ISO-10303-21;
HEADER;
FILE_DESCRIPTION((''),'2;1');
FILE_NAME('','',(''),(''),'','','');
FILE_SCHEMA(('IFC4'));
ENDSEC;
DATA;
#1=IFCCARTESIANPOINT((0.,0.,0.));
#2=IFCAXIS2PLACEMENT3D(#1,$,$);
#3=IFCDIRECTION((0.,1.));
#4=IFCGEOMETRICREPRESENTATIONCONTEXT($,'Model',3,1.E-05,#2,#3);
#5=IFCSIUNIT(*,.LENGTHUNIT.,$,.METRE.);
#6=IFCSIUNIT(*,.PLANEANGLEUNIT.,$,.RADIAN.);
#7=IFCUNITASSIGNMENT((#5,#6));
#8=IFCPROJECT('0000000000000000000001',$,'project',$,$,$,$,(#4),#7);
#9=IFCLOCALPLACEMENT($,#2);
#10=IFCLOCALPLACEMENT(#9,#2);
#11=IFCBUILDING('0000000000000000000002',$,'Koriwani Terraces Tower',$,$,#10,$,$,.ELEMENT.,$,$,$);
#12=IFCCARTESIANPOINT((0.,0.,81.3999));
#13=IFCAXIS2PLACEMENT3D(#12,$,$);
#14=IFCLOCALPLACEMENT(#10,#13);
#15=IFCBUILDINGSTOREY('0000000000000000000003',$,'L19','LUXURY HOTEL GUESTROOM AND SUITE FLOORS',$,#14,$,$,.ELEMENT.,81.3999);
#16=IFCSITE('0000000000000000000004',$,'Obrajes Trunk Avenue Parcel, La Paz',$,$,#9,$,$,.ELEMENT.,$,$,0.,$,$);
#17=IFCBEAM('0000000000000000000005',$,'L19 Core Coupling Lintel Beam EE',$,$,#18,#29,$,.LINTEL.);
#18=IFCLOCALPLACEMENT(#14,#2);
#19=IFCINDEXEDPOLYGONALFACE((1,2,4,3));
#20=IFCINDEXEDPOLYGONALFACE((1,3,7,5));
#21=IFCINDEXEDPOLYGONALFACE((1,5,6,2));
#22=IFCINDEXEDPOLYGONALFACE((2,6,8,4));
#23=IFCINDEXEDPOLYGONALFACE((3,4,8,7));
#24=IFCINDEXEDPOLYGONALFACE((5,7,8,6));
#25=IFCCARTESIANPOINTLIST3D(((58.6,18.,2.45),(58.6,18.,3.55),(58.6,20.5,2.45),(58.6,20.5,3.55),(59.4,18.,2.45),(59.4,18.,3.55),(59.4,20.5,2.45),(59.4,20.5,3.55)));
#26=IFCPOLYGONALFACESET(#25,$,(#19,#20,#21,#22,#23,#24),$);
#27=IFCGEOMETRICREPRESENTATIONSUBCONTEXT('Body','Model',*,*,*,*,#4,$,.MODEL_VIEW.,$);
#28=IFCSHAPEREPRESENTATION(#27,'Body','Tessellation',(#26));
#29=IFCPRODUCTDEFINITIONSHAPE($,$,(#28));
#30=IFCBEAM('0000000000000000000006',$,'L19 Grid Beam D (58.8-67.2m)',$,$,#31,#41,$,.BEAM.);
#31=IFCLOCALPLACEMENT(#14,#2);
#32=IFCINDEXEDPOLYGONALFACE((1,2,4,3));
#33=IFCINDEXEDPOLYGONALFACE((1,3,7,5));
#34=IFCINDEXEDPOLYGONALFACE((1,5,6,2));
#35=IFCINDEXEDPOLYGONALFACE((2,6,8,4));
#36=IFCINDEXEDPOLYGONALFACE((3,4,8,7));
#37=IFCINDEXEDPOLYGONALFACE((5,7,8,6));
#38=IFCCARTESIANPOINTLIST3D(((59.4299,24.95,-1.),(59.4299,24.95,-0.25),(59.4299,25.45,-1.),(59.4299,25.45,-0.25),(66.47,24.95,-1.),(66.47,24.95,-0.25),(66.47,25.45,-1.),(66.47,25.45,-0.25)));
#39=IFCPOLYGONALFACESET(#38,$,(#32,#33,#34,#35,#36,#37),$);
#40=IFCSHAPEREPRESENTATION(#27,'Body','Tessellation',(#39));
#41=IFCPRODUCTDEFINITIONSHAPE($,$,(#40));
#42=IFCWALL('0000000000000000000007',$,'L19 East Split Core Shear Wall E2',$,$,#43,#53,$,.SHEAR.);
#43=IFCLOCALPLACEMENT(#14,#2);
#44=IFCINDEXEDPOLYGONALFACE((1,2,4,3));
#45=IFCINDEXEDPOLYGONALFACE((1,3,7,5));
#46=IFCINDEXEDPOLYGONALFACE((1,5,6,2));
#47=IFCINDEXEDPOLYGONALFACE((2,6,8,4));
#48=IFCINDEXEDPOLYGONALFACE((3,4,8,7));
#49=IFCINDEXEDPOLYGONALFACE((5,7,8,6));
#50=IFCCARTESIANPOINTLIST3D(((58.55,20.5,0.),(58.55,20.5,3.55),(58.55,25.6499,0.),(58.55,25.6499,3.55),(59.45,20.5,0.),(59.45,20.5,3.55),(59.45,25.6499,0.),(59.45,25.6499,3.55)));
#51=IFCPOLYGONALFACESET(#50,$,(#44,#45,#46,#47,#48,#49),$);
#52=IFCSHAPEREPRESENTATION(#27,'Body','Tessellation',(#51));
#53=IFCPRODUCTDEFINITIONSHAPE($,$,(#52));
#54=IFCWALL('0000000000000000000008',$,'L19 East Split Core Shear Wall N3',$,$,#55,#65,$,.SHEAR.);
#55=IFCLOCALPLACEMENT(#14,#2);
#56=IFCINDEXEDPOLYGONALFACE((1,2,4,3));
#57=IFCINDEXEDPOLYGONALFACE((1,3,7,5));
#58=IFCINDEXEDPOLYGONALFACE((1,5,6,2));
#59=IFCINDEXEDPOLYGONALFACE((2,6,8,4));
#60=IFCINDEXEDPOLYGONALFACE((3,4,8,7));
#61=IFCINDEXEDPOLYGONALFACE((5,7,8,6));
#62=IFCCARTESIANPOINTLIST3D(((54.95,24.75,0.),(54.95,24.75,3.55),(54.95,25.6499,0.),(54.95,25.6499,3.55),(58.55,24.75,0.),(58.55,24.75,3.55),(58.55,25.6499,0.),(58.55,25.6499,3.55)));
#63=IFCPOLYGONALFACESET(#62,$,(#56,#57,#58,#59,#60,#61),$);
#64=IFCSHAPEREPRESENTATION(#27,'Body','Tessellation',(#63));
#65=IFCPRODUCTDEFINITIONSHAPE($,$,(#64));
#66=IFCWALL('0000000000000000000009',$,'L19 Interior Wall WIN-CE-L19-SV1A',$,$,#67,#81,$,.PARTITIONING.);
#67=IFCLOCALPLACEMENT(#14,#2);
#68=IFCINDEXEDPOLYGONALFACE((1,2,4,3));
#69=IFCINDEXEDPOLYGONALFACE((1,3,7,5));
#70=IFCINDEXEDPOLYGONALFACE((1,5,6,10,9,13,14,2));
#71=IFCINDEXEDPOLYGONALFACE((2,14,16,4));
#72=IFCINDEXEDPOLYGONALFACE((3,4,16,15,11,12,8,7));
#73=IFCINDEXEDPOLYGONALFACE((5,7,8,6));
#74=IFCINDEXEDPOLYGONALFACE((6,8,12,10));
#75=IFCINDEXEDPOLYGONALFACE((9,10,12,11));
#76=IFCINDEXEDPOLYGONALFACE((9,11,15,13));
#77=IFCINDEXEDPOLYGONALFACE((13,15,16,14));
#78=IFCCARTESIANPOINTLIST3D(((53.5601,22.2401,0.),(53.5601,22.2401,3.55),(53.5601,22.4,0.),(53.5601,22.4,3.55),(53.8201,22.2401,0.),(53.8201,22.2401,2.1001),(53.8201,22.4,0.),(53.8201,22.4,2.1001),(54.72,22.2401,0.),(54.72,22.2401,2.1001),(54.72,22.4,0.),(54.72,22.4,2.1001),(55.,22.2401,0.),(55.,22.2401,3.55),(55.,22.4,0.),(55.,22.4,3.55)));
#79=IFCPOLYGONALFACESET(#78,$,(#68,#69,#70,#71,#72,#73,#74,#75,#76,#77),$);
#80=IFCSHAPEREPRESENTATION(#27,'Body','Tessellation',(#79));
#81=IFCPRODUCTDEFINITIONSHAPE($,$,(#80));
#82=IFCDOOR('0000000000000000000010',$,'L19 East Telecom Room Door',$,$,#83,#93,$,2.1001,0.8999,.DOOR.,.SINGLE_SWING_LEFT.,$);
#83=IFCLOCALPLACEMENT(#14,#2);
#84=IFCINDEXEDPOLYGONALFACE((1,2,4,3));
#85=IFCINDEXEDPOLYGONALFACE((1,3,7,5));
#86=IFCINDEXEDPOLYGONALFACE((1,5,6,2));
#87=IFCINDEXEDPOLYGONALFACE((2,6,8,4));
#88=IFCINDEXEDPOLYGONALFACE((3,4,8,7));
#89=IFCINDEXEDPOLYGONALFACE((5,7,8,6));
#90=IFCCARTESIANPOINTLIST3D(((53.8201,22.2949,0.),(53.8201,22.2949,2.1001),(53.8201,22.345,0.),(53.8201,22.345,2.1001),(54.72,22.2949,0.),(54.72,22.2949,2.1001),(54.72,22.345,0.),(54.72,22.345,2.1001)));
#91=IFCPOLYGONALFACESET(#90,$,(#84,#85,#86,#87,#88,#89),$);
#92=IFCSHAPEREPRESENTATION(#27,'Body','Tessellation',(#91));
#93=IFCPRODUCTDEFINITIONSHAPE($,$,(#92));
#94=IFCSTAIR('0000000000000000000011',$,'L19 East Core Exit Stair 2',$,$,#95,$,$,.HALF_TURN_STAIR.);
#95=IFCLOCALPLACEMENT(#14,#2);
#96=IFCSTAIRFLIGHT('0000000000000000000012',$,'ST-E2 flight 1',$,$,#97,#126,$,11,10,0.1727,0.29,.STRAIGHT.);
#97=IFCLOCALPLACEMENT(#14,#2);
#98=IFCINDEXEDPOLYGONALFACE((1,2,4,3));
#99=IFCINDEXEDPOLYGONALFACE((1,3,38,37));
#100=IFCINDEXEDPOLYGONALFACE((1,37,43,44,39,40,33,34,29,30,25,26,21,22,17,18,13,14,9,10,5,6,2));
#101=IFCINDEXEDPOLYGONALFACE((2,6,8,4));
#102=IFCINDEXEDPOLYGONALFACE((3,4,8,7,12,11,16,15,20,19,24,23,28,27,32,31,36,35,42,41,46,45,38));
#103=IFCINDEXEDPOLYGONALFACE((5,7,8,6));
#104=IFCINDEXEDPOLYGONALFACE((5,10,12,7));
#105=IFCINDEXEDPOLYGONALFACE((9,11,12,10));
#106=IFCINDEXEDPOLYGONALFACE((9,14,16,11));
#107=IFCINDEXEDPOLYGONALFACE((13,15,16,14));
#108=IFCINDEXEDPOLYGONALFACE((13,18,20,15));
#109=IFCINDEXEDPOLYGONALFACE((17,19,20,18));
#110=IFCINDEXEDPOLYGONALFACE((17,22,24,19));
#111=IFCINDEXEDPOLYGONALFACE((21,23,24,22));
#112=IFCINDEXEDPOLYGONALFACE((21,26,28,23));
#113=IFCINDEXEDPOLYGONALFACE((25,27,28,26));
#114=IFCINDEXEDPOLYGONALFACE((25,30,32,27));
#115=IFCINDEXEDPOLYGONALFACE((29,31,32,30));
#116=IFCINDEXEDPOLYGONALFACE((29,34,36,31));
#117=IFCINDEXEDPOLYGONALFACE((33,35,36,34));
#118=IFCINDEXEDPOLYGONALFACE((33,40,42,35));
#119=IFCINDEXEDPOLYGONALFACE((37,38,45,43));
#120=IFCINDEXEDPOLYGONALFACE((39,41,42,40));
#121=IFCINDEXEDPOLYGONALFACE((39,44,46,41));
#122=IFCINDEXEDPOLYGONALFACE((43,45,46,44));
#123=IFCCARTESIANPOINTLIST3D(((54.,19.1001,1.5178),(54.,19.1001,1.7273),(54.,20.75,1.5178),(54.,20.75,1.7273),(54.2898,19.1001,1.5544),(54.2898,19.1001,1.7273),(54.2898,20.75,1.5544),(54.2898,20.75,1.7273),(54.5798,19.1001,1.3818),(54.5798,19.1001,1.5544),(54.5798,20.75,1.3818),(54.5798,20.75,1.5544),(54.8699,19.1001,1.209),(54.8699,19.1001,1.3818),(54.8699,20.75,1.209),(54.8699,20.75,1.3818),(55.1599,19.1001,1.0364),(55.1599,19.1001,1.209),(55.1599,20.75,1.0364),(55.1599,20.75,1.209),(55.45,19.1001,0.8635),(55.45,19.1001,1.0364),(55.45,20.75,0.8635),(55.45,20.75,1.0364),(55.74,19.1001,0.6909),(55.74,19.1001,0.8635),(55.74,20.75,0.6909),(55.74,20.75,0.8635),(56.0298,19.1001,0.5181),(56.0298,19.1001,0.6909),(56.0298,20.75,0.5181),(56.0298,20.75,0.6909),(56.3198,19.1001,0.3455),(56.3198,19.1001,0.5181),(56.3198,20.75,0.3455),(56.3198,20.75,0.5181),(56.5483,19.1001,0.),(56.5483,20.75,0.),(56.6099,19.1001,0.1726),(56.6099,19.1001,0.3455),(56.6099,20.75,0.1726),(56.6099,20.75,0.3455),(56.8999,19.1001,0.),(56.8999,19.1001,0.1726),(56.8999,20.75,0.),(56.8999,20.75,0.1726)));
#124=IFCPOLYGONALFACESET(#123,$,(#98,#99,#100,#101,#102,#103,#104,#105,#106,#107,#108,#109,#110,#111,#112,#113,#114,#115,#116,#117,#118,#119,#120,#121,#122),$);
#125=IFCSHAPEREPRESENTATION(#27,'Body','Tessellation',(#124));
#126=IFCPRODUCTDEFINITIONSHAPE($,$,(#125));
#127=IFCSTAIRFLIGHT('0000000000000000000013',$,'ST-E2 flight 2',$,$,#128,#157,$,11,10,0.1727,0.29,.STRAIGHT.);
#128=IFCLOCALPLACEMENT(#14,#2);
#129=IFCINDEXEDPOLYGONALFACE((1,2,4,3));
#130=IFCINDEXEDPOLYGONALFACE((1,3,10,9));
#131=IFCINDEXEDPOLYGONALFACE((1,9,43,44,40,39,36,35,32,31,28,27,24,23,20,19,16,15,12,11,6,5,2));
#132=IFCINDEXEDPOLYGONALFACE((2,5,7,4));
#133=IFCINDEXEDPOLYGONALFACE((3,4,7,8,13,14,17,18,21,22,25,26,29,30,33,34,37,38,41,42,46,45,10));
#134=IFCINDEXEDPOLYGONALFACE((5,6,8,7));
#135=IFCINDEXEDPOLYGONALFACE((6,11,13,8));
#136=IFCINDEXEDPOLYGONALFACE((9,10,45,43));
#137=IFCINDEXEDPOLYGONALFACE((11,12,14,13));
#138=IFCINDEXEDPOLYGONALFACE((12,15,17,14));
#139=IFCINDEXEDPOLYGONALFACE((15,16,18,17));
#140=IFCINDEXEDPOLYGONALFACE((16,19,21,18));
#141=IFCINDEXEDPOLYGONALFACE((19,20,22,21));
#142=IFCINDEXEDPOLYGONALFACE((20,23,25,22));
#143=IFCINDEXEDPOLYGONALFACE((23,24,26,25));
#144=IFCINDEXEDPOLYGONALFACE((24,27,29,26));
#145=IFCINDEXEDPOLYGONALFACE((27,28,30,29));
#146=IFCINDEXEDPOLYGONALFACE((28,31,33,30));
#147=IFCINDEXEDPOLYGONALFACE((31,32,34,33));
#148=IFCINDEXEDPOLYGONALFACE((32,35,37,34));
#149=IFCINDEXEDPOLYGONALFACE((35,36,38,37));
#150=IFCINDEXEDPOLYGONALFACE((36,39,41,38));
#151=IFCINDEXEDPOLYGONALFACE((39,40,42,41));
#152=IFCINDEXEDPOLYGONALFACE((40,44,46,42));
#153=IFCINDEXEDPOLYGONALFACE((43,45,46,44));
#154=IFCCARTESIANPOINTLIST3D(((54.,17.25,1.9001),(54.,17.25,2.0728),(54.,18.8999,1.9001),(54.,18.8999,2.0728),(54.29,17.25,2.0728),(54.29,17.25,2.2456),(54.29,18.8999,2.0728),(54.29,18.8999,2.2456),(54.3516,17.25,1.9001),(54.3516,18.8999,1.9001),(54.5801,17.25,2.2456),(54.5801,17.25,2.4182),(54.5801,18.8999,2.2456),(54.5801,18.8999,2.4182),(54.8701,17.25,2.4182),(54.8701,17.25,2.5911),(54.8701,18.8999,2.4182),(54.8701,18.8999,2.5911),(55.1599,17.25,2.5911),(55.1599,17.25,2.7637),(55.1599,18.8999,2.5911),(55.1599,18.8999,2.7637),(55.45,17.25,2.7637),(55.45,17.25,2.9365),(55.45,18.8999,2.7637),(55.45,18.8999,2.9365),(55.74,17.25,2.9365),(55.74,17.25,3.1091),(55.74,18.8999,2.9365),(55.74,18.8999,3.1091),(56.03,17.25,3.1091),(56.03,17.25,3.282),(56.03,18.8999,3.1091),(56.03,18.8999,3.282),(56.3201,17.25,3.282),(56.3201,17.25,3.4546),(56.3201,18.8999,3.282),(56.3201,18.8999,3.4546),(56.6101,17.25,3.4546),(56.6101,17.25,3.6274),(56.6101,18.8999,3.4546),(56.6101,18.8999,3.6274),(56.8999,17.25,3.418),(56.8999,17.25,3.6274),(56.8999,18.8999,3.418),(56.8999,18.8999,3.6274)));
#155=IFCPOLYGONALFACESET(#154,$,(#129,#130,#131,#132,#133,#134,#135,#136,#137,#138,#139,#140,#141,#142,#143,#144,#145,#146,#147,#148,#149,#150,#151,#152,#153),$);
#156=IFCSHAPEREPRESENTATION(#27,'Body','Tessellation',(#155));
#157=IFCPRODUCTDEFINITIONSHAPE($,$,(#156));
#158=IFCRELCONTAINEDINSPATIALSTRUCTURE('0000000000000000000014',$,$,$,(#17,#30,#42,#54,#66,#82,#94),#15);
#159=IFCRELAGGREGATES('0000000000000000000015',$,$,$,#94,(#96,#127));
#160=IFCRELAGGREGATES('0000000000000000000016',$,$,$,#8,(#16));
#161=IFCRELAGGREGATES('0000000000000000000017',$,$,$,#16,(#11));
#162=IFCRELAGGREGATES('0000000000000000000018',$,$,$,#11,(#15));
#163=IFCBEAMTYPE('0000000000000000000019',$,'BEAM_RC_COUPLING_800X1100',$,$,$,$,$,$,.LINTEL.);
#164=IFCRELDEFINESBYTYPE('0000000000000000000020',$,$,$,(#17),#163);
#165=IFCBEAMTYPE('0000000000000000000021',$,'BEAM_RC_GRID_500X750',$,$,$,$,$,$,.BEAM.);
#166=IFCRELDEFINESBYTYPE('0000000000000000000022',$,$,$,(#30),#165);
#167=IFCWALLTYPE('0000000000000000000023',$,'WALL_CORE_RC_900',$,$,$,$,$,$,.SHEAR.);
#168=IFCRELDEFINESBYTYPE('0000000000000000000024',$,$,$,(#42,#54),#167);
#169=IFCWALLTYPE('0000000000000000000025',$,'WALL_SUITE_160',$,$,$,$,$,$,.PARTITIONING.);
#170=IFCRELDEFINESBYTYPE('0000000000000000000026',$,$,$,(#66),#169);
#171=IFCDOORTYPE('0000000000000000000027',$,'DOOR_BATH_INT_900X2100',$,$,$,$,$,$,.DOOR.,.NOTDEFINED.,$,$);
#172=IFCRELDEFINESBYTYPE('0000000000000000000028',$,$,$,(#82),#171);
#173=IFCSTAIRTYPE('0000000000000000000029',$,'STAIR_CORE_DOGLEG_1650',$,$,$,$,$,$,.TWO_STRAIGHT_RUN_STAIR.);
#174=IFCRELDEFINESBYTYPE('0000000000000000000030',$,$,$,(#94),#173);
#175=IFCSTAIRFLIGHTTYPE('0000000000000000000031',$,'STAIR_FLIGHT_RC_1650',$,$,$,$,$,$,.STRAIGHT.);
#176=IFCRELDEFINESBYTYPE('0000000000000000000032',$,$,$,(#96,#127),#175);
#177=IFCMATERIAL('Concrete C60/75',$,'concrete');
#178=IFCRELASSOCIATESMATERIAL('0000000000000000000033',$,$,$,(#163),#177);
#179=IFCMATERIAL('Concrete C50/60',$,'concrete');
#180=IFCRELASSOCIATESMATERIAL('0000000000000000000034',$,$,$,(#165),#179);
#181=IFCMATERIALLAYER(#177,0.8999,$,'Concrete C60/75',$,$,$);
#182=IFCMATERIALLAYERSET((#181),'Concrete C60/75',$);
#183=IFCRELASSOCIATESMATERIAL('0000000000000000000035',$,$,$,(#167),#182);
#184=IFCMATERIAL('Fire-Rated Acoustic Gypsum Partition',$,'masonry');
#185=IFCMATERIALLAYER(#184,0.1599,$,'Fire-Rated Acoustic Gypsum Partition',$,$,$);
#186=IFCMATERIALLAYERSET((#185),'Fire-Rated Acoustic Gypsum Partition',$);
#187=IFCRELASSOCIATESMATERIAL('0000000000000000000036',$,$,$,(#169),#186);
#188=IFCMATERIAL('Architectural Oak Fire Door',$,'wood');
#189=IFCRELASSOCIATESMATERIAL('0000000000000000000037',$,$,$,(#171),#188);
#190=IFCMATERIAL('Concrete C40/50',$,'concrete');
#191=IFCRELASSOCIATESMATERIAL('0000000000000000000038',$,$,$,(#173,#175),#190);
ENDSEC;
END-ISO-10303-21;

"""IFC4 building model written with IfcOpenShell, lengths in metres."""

from ifc_helpers import new_model, si_unit, direction, frame, frame_2d, origin, origin_2d, place, context, subcontext, project, spatial, polyline, rectangle, outline, extrude, material, layer, layer_set, material_profile, profile_set, type_object, element, fill, aggregate, save


model = new_model("IFC4")

# Units and contexts
model_context = context("Model", 3, precision=1e-05, world=origin(), true_north=direction((0.0, 1.0)))
body_context = subcontext(model_context, "Body", "Model", "MODEL_VIEW")
ifc_project = project(units=[si_unit("LENGTHUNIT", "METRE"), si_unit("PLANEANGLEUNIT", "RADIAN")], contexts=[model_context])

# Site, building, storey
site_placement = place(None, origin())
site = spatial("IfcSite", under=ifc_project, at=site_placement, Name="Obrajes Trunk Avenue Parcel, La Paz", CompositionType="ELEMENT", RefElevation=0.0)
building_placement = place(site_placement, origin())
building = spatial("IfcBuilding", under=site, at=building_placement, Name="Koriwani Terraces Tower", CompositionType="ELEMENT")
storey_placement = place(building_placement, frame((0.0, 0.0, 81.3999)))
storey = spatial("IfcBuildingStorey", under=building, at=storey_placement, Name="L19", Description="LUXURY HOTEL GUESTROOM AND SUITE FLOORS", CompositionType="ELEMENT", Elevation=81.3999)

# Beams
ifc_material_1 = material(Name="Concrete C60/75", Category="concrete")
ifc_material_profile_1 = material_profile(ifc_material_1, rectangle(XDim=0.8, YDim=1.1001, at=origin_2d()), Name="Concrete C60/75", Category="LoadBearing")
ifc_profile_set_1 = profile_set([ifc_material_profile_1], Name="Concrete C60/75")
beam_type_1 = type_object("IfcBeamType", Name="BEAM_RC_COUPLING_800X1100", PredefinedType="LINTEL", material=ifc_profile_set_1)
beam_1_placement = place(storey_placement, frame((59.0, 18.0, 3.0), z_axis=(0.0, 1.0, 0.0), x_axis=(-1.0, 0.0, 0.0)))
element("IfcBeam", 1, at=beam_1_placement, inside=storey, type_object=beam_type_1, Name="L19 Core Coupling Lintel Beam EE", PredefinedType="LINTEL", context=body_context, shape_type="SweptSolid", body=[
    extrude(rectangle(XDim=0.8, YDim=1.1001, at=origin_2d()), origin(), (0.0, 0.0, 1.0), 2.5),
])
ifc_material_2 = material(Name="Concrete C50/60", Category="concrete")
ifc_material_profile_2 = material_profile(ifc_material_2, rectangle(XDim=0.5, YDim=0.75, at=origin_2d()), Name="Concrete C50/60", Category="LoadBearing")
ifc_profile_set_2 = profile_set([ifc_material_profile_2], Name="Concrete C50/60")
beam_type_2 = type_object("IfcBeamType", Name="BEAM_RC_GRID_500X750", PredefinedType="BEAM", material=ifc_profile_set_2)
beam_2_placement = place(storey_placement, frame((59.4299, 25.2, -0.625), z_axis=(1.0, 0.0, 0.0), x_axis=(0.0, 1.0, 0.0)))
element("IfcBeam", 2, at=beam_2_placement, inside=storey, type_object=beam_type_2, Name="L19 Grid Beam D (58.8-67.2m)", PredefinedType="BEAM", context=body_context, shape_type="SweptSolid", body=[
    extrude(rectangle(XDim=0.5, YDim=0.75, at=origin_2d()), origin(), (0.0, 0.0, 1.0), 7.04),
])

# Walls
ifc_layer_1 = layer(ifc_material_1, 0.8999, Name="Concrete C60/75")
ifc_layer_set_1 = layer_set([ifc_layer_1], Name="Concrete C60/75")
wall_type_1 = type_object("IfcWallType", Name="WALL_CORE_RC_900", PredefinedType="SHEAR", material=ifc_layer_set_1)
wall_1_placement = place(storey_placement, frame((59.0, 20.5, 0.0), z_axis=(0.0, 0.0, 1.0), x_axis=(0.0, 1.0, 0.0)))
element("IfcWall", 3, at=wall_1_placement, inside=storey, type_object=wall_type_1, Name="L19 East Split Core Shear Wall E2", PredefinedType="SHEAR", context=body_context, shape_type="SweptSolid", body=[
    extrude(rectangle(XDim=5.1499, YDim=0.8999, at=frame_2d((2.575, 0.0))), origin(), (0.0, 0.0, 1.0), 3.55),
])
wall_2_placement = place(storey_placement, frame((54.95, 25.2, 0.0), z_axis=(0.0, 0.0, 1.0), x_axis=(1.0, 0.0, 0.0)))
element("IfcWall", 4, at=wall_2_placement, inside=storey, type_object=wall_type_1, Name="L19 East Split Core Shear Wall N3", PredefinedType="SHEAR", context=body_context, shape_type="SweptSolid", body=[
    extrude(rectangle(XDim=3.6001, YDim=0.8999, at=frame_2d((1.8, 0.0))), origin(), (0.0, 0.0, 1.0), 3.55),
])

# Wall, opening, door
ifc_material_3 = material(Name="Concrete C40/50", Category="concrete")
ifc_material_4 = material(Name="Fire-Rated Acoustic Gypsum Partition", Category="masonry")
ifc_layer_2 = layer(ifc_material_4, 0.1599, Name="Fire-Rated Acoustic Gypsum Partition")
ifc_layer_set_2 = layer_set([ifc_layer_2], Name="Fire-Rated Acoustic Gypsum Partition")
wall_type_2 = type_object("IfcWallType", Name="WALL_SUITE_160", PredefinedType="PARTITIONING", material=ifc_layer_set_2)
wall_3_placement = place(storey_placement, frame((53.5601, 22.3201, 0.0), z_axis=(0.0, 0.0, 1.0), x_axis=(1.0, 0.0, 0.0)))
wall_3 = element("IfcWall", 5, at=wall_3_placement, inside=storey, type_object=wall_type_2, Name="L19 Interior Wall WIN-CE-L19-SV1A", PredefinedType="PARTITIONING", context=body_context, shape_type="SweptSolid", body=[
    extrude(rectangle(XDim=1.4399, YDim=0.1599, at=frame_2d((0.72, 0.0))), origin(), (0.0, 0.0, 1.0), 3.55),
])
opening_1_placement = place(wall_3_placement, frame((0.26, 0.0, 0.0)))
opening_1 = element("IfcOpeningElement", 6, at=opening_1_placement, cuts=wall_3, PredefinedType="OPENING", context=body_context, shape_type="SweptSolid", body=[
    extrude(rectangle(XDim=0.8999, YDim=2.1001, at=frame_2d((0.45, 1.05))), frame((0.0, 0.0898, 0.0), z_axis=(0.0, -1.0, 0.0), x_axis=(1.0, 0.0, 0.0)), (0.0, 0.0, 1.0), 0.1799),
])
ifc_material_5 = material(Name="Architectural Oak Fire Door", Category="wood")
door_type_1 = type_object("IfcDoorType", Name="DOOR_BATH_INT_900X2100", OperationType="NOTDEFINED", PredefinedType="DOOR", material=ifc_material_5)
door_1_placement = place(opening_1_placement, origin())
door_1 = element("IfcDoor", 7, at=door_1_placement, inside=storey, type_object=door_type_1, Name="L19 East Telecom Room Door", OperationType="SINGLE_SWING_LEFT", OverallHeight=2.1001, OverallWidth=0.8999, PredefinedType="DOOR", context=body_context, shape_type="SweptSolid", body=[
    extrude(rectangle(XDim=0.8999, YDim=2.1001, at=frame_2d((0.45, 1.05))), frame((0.0, 0.0249, 0.0), z_axis=(0.0, -1.0, 0.0), x_axis=(1.0, 0.0, 0.0)), (0.0, 0.0, 1.0), 0.05),
])
fill(opening_1, door_1)

# Stair, stair flights
stair_type = type_object("IfcStairType", Name="STAIR_CORE_DOGLEG_1650", PredefinedType="TWO_STRAIGHT_RUN_STAIR", material=ifc_material_3)
stair_placement = place(storey_placement, origin())
stair = element("IfcStair", 8, at=stair_placement, inside=storey, type_object=stair_type, Name="L19 East Core Exit Stair 2", PredefinedType="HALF_TURN_STAIR")
stair_flight_type = type_object("IfcStairFlightType", Name="STAIR_FLIGHT_RC_1650", PredefinedType="STRAIGHT", material=ifc_material_3)
stair_flight_1_placement = place(storey_placement, frame((56.8999, 19.925, 0.0), z_axis=(0.0, 0.0, 1.0), x_axis=(-1.0, 0.0, 0.0)))
stair_flight_1 = element("IfcStairFlight", 9, at=stair_flight_1_placement, type_object=stair_flight_type, Name="ST-E2 flight 1", NumberOfRisers=11, NumberOfTreads=10, PredefinedType="STRAIGHT", RiserHeight=0.1727, TreadLength=0.29, context=body_context, shape_type="SweptSolid", body=[
    extrude(outline(polyline([(0.0, 0.0), (0.0, 0.1726), (0.29, 0.1726), (0.29, 0.3455), (0.5801, 0.3455), (0.5801, 0.5181), (0.8701, 0.5181), (0.8701, 0.6909), (1.1599, 0.6909), (1.1599, 0.8635), (1.45, 0.8635), (1.45, 1.0364), (1.74, 1.0364), (1.74, 1.209), (2.03, 1.209), (2.03, 1.3818), (2.3201, 1.3818), (2.3201, 1.5544), (2.6101, 1.5544), (2.6101, 1.7273), (2.8999, 1.7273), (2.8999, 1.8999), (2.8999, 1.5178), (0.3516, 0.0), (0.0, 0.0)])), frame((0.0, 0.825, 0.0), z_axis=(0.0, -1.0, 0.0), x_axis=(1.0, 0.0, 0.0)), (0.0, 0.0, 1.0), 1.6499),
])
stair_flight_2_placement = place(storey_placement, frame((54.0, 18.075, 1.9001), z_axis=(0.0, 0.0, 1.0), x_axis=(1.0, 0.0, 0.0)))
stair_flight_2 = element("IfcStairFlight", 10, at=stair_flight_2_placement, type_object=stair_flight_type, Name="ST-E2 flight 2", NumberOfRisers=11, NumberOfTreads=10, PredefinedType="STRAIGHT", RiserHeight=0.1727, TreadLength=0.29, context=body_context, shape_type="SweptSolid", body=[
    extrude(outline(polyline([(0.0, 0.0), (0.0, 0.1726), (0.29, 0.1726), (0.29, 0.3455), (0.5801, 0.3455), (0.5801, 0.5181), (0.8701, 0.5181), (0.8701, 0.6909), (1.1599, 0.6909), (1.1599, 0.8635), (1.45, 0.8635), (1.45, 1.0364), (1.74, 1.0364), (1.74, 1.209), (2.03, 1.209), (2.03, 1.3818), (2.3201, 1.3818), (2.3201, 1.5544), (2.6101, 1.5544), (2.6101, 1.7273), (2.8999, 1.7273), (2.8999, 1.8999), (2.8999, 1.5178), (0.3516, 0.0), (0.0, 0.0)])), frame((0.0, 0.825, 0.0), z_axis=(0.0, -1.0, 0.0), x_axis=(1.0, 0.0, 0.0)), (0.0, 0.0, 1.0), 1.6499),
])
aggregate(stair, [stair_flight_1, stair_flight_2])

save(model, "model.ifc")
